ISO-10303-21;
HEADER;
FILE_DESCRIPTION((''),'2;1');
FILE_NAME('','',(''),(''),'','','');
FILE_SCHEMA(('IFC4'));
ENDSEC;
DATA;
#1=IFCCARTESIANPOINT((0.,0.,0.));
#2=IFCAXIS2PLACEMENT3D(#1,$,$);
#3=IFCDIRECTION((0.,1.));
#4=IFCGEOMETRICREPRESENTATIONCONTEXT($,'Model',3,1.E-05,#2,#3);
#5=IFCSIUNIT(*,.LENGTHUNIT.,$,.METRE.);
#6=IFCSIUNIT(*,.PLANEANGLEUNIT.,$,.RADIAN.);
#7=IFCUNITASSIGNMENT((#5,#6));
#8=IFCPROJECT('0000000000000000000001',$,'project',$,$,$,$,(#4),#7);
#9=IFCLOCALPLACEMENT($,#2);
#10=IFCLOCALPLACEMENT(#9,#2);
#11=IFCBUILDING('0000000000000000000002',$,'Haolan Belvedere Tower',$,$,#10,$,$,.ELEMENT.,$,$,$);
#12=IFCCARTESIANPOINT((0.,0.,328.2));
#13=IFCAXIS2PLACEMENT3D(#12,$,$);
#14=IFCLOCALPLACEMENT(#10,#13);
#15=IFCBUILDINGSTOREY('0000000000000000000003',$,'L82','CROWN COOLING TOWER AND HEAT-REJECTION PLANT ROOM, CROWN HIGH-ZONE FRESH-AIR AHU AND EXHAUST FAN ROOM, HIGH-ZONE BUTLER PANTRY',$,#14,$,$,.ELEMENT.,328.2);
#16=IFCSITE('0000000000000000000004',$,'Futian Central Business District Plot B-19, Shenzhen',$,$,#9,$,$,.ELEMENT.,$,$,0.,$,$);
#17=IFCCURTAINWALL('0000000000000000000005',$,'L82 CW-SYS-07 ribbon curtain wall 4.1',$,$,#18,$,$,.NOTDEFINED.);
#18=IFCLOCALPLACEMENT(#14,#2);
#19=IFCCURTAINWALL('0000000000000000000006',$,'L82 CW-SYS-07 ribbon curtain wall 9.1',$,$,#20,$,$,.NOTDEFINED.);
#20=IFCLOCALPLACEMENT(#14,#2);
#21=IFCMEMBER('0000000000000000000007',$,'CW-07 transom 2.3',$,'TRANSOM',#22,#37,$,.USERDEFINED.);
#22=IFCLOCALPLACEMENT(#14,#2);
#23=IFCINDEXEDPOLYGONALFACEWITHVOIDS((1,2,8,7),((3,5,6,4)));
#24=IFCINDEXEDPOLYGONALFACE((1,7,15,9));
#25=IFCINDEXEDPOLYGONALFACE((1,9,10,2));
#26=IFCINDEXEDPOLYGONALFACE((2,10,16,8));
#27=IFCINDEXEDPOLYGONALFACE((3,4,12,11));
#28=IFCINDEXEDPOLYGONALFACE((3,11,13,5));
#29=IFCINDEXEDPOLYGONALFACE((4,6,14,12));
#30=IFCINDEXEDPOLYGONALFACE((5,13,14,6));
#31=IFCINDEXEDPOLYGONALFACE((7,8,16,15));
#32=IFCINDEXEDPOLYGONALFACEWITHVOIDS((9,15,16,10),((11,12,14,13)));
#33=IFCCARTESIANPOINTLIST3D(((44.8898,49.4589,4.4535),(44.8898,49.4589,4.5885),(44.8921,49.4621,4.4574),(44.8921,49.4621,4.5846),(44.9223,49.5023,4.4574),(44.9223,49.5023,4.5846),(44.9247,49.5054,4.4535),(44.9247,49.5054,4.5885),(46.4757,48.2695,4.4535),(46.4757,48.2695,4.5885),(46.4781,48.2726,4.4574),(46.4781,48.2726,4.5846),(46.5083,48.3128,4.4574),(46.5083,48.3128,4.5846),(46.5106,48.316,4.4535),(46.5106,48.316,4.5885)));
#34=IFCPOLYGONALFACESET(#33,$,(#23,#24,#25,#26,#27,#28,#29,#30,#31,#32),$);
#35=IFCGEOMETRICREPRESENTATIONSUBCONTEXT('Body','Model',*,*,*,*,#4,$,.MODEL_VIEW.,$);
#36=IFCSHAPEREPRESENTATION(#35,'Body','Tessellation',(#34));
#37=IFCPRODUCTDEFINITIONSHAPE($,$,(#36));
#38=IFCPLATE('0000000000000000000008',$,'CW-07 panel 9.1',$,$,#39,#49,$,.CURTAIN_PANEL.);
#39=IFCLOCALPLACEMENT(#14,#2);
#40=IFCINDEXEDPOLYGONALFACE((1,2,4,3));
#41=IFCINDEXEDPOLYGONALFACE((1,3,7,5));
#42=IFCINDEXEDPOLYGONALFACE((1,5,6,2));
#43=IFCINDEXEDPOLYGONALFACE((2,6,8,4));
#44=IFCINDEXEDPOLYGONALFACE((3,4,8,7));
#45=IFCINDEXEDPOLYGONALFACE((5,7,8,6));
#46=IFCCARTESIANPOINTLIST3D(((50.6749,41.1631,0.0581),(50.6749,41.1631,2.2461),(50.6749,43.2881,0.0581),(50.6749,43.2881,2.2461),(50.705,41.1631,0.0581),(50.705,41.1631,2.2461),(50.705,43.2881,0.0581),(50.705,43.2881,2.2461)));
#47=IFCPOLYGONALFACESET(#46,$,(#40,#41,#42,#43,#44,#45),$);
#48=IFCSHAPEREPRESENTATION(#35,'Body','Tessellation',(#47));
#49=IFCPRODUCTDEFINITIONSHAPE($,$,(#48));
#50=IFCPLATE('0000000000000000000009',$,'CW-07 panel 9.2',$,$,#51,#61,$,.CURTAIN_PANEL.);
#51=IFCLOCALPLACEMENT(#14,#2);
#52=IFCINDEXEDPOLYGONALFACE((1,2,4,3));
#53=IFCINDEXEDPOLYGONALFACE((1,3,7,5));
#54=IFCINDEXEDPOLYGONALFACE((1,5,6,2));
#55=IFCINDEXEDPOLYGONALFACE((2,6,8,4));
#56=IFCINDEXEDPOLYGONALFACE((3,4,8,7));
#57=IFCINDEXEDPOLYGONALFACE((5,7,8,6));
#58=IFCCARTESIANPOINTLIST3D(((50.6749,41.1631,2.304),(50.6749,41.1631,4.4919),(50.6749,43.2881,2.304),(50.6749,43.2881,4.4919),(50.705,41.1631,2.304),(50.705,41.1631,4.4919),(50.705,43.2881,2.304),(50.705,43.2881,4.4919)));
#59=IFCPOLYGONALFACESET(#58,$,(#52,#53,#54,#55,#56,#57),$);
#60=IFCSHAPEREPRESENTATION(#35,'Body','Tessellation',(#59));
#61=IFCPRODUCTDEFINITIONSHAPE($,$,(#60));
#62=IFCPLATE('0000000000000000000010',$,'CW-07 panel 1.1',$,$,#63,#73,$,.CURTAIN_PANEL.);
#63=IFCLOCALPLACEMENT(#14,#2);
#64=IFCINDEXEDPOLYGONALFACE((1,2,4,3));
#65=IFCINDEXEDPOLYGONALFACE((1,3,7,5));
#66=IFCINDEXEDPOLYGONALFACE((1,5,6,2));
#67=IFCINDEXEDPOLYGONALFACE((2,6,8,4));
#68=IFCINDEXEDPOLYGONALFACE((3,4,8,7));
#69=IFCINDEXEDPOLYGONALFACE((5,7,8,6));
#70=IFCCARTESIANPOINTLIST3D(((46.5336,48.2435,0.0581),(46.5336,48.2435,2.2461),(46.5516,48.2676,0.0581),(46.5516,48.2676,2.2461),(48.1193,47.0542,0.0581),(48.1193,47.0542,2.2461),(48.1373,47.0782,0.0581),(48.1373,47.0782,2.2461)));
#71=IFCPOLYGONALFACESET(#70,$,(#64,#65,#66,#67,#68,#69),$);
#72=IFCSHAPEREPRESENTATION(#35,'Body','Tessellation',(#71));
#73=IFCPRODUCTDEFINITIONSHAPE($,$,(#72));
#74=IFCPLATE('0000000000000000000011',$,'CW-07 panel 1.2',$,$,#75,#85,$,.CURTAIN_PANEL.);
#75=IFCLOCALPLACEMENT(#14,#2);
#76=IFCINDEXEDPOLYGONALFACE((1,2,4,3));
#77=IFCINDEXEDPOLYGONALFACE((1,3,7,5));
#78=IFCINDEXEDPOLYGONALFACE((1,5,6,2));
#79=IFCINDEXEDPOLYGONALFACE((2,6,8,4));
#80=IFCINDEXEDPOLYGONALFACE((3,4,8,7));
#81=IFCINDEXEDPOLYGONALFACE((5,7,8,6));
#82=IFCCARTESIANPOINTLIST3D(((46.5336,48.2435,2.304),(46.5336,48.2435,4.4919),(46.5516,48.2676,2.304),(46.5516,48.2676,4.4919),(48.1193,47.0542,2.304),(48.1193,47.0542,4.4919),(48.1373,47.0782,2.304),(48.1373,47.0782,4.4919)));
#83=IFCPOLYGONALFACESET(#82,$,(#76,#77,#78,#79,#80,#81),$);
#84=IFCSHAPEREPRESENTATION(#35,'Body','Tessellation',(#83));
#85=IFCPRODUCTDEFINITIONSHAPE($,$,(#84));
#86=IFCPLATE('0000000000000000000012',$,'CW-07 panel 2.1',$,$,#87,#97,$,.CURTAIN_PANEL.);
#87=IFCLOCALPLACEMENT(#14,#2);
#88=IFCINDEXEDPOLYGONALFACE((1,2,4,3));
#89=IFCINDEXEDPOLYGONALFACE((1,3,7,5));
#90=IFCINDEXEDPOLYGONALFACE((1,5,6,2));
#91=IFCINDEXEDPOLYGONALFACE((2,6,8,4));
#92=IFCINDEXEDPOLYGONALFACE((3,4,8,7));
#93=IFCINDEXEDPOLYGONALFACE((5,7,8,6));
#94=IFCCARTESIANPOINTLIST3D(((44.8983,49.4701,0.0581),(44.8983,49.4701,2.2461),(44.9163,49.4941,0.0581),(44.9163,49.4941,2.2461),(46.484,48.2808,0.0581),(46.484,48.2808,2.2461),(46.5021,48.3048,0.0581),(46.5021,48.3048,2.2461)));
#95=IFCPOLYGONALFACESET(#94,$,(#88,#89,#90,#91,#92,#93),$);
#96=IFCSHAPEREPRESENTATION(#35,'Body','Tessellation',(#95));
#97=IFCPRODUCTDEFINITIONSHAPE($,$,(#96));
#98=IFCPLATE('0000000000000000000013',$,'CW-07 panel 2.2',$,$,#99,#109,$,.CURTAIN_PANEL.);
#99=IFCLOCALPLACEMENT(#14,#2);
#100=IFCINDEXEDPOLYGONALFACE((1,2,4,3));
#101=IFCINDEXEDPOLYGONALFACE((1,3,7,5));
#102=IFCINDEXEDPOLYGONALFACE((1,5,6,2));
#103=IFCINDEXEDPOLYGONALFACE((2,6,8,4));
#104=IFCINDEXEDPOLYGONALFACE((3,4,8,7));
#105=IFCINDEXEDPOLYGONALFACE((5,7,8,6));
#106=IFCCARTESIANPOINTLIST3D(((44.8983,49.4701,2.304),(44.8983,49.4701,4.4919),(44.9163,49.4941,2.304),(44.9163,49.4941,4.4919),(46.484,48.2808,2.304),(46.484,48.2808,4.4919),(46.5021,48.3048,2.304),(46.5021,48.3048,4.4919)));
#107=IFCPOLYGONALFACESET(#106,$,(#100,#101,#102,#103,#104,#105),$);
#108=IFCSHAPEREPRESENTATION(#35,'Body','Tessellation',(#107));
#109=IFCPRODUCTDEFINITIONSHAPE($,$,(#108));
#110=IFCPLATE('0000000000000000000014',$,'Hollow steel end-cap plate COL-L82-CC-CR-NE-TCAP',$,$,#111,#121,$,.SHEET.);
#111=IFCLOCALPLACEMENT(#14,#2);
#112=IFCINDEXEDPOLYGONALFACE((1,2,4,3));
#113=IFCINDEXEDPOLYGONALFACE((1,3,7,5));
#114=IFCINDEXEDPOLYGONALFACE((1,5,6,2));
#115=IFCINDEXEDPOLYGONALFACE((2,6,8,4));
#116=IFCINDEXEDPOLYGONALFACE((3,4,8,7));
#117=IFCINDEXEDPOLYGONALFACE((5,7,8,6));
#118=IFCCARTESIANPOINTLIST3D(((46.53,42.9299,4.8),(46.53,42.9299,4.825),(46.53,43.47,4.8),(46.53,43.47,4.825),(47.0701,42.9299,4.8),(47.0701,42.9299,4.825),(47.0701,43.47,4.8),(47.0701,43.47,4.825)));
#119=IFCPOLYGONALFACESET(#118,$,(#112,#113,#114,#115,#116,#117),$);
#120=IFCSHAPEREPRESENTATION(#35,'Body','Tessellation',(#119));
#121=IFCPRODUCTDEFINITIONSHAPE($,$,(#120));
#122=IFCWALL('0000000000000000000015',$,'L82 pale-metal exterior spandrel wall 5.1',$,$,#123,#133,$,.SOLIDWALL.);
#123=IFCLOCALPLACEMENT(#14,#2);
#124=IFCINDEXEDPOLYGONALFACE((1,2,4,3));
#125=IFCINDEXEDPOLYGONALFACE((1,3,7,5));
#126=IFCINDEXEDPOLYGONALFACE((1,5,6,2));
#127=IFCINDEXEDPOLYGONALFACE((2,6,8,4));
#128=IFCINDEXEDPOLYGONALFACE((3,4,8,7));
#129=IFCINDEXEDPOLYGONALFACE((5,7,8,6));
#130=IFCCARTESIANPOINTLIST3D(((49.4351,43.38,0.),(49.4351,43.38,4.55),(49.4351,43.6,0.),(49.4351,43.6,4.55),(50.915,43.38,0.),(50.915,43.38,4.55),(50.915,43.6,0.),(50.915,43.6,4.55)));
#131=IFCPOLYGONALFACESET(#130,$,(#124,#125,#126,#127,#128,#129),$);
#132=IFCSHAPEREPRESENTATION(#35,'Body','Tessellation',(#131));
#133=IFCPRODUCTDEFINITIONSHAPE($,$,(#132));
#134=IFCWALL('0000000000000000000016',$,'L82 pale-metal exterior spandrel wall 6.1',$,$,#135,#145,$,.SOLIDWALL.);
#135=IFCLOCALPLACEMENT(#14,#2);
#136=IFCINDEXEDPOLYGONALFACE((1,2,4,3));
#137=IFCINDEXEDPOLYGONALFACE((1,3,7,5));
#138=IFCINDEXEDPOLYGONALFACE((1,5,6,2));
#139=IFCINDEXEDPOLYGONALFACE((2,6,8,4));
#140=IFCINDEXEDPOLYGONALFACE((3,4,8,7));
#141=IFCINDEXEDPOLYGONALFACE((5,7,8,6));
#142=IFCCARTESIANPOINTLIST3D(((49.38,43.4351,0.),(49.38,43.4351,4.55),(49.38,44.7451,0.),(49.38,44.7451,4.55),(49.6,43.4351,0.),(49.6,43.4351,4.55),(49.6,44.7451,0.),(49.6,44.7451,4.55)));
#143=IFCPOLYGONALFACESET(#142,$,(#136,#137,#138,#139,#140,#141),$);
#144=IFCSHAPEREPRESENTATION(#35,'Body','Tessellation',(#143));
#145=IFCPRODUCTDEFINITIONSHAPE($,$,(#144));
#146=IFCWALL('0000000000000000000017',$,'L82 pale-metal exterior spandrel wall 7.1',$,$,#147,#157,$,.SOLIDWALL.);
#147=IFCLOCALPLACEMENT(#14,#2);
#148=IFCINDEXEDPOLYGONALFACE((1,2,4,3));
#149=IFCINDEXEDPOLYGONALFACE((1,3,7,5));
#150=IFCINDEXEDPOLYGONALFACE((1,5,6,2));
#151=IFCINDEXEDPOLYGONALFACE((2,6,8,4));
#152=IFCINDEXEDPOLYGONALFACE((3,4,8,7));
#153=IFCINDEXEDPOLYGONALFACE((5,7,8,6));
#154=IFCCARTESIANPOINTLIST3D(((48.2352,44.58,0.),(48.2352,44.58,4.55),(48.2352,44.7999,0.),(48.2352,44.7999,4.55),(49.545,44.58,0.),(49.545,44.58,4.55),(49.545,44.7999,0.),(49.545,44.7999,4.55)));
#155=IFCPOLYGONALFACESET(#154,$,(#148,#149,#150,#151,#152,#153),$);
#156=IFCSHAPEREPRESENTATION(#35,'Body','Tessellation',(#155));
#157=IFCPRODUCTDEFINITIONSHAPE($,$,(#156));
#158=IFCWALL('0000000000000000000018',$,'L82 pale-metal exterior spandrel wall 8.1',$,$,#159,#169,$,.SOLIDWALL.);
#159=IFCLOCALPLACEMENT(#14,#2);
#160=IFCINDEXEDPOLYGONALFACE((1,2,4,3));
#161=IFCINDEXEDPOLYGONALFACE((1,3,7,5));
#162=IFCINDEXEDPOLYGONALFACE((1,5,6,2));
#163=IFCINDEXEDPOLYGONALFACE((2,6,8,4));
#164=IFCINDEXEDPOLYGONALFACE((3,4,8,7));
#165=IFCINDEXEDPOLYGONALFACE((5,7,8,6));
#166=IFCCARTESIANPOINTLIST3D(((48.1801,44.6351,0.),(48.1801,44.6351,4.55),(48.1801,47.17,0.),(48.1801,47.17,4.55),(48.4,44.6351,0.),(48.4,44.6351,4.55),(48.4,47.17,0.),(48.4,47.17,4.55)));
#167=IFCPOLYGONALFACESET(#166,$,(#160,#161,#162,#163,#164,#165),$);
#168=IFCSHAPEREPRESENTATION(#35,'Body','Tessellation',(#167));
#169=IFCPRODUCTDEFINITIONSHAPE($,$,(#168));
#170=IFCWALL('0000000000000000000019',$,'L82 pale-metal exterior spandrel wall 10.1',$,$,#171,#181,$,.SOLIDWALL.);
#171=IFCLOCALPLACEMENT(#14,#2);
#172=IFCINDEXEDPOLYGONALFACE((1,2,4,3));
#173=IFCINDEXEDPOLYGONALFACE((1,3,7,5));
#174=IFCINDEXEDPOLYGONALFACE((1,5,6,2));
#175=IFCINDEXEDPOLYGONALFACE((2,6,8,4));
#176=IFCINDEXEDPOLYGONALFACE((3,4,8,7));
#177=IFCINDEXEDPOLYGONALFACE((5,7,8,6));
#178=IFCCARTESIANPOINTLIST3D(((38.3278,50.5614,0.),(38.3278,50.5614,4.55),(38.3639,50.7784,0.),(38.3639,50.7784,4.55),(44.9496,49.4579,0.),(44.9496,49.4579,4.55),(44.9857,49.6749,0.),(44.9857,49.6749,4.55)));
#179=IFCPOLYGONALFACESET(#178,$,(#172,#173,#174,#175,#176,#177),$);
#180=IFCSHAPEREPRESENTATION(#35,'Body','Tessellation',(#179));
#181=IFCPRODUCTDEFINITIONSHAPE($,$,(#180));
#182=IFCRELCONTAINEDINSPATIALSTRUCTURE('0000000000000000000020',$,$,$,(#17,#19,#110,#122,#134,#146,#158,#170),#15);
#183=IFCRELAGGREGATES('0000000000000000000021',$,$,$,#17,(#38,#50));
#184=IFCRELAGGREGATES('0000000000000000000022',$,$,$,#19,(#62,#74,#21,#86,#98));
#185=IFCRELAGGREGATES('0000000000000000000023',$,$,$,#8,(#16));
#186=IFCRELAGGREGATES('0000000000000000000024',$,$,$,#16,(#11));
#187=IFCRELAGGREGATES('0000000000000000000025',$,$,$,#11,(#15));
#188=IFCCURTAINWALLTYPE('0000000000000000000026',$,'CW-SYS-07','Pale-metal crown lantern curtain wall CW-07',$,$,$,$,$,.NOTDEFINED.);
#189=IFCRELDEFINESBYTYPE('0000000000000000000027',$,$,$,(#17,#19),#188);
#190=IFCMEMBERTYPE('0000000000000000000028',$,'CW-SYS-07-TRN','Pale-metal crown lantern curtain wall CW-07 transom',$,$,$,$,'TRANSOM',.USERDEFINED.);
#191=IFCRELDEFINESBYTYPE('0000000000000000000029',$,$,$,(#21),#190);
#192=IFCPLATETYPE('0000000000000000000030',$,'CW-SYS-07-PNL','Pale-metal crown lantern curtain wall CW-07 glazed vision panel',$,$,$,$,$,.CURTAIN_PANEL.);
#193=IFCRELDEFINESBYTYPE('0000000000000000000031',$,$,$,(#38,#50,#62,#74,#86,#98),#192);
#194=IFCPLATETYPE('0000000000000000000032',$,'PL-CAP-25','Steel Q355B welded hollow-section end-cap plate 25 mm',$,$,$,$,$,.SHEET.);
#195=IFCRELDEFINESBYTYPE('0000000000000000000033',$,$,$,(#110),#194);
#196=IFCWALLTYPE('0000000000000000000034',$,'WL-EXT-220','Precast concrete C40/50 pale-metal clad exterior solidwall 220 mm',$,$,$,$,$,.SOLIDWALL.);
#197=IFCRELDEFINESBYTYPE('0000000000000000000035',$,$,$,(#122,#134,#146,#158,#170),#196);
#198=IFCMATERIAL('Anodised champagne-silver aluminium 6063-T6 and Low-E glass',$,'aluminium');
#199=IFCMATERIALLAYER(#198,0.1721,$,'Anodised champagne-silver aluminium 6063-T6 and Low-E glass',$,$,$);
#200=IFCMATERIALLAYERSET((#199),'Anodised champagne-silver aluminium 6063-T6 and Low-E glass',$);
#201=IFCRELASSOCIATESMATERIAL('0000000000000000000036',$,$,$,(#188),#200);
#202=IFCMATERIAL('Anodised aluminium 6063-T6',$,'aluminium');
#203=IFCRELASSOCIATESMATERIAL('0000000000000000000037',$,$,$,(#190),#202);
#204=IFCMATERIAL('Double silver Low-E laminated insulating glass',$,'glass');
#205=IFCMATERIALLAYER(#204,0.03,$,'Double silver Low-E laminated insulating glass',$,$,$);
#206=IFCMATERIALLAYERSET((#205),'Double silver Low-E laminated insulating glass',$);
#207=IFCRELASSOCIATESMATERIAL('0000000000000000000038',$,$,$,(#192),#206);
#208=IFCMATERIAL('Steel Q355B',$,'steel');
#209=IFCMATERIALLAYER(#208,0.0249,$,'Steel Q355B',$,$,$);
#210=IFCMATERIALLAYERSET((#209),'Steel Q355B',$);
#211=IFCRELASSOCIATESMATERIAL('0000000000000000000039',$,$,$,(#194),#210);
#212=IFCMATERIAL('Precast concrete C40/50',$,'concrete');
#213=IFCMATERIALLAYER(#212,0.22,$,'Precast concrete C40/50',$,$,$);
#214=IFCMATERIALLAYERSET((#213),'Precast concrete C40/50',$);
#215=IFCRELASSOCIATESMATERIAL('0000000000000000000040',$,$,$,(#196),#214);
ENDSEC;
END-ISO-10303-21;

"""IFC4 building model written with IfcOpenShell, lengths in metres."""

from ifc_helpers import new_model, si_unit, direction, frame, frame_2d, origin, origin_2d, place, context, subcontext, project, spatial, rectangle, hollow_rectangle, extrude, material, layer, layer_set, material_profile, profile_set, type_object, element, aggregate, save


model = new_model("IFC4")

# Units and contexts
model_context = context("Model", 3, precision=1e-05, world=origin(), true_north=direction((0.0, 1.0)))
body_context = subcontext(model_context, "Body", "Model", "MODEL_VIEW")
ifc_project = project(units=[si_unit("LENGTHUNIT", "METRE"), si_unit("PLANEANGLEUNIT", "RADIAN")], contexts=[model_context])

# Site, building, storey
site_placement = place(None, origin())
site = spatial("IfcSite", under=ifc_project, at=site_placement, Name="Futian Central Business District Plot B-19, Shenzhen", CompositionType="ELEMENT", RefElevation=0.0)
building_placement = place(site_placement, origin())
building = spatial("IfcBuilding", under=site, at=building_placement, Name="Haolan Belvedere Tower", CompositionType="ELEMENT")
storey_placement = place(building_placement, frame((0.0, 0.0, 328.2)))
storey = spatial("IfcBuildingStorey", under=building, at=storey_placement, Name="L82", Description="CROWN COOLING TOWER AND HEAT-REJECTION PLANT ROOM, CROWN HIGH-ZONE FRESH-AIR AHU AND EXHAUST FAN ROOM, HIGH-ZONE BUTLER PANTRY", CompositionType="ELEMENT", Elevation=328.2)

# Curtain wall
ifc_material_1 = material(Name="Anodised champagne-silver aluminium 6063-T6 and Low-E glass", Category="aluminium")
ifc_layer_1 = layer(ifc_material_1, 0.1721, Name="Anodised champagne-silver aluminium 6063-T6 and Low-E glass")
ifc_layer_set_1 = layer_set([ifc_layer_1], Name="Anodised champagne-silver aluminium 6063-T6 and Low-E glass")
curtain_wall_type = type_object("IfcCurtainWallType", Name="CW-SYS-07", Description="Pale-metal crown lantern curtain wall CW-07", PredefinedType="NOTDEFINED", material=ifc_layer_set_1)
curtain_wall_1_placement = place(storey_placement, origin())
curtain_wall_1 = element("IfcCurtainWall", 1, at=curtain_wall_1_placement, inside=storey, type_object=curtain_wall_type, Name="L82 CW-SYS-07 ribbon curtain wall 4.1", PredefinedType="NOTDEFINED")
ifc_material_2 = material(Name="Anodised aluminium 6063-T6", Category="aluminium")

# Curtain wall, member
curtain_wall_2_placement = place(storey_placement, origin())
curtain_wall_2 = element("IfcCurtainWall", 2, at=curtain_wall_2_placement, inside=storey, type_object=curtain_wall_type, Name="L82 CW-SYS-07 ribbon curtain wall 9.1", PredefinedType="NOTDEFINED")
ifc_material_profile_1 = material_profile(ifc_material_2, hollow_rectangle(XDim=0.0581, YDim=0.135, WallThickness=0.0039, at=origin_2d()), Name="Anodised aluminium 6063-T6")
ifc_profile_set_1 = profile_set([ifc_material_profile_1], Name="Anodised aluminium 6063-T6")
member_type_1 = type_object("IfcMemberType", Name="CW-SYS-07-TRN", Description="Pale-metal crown lantern curtain wall CW-07 transom", ElementType="TRANSOM", PredefinedType="USERDEFINED", material=ifc_profile_set_1)
member_1_placement = place(storey_placement, frame((46.4932, 48.2927, 4.521), z_axis=(-0.8, 0.6, 0.0), x_axis=(-0.6, -0.8, 0.0)))
member_1 = element("IfcMember", 3, at=member_1_placement, type_object=member_type_1, Name="CW-07 transom 2.3", ObjectType="TRANSOM", PredefinedType="USERDEFINED", context=body_context, shape_type="SweptSolid", body=[
    extrude(hollow_rectangle(XDim=0.0581, YDim=0.135, WallThickness=0.0039, at=origin_2d()), origin(), (0.0, 0.0, 1.0), 1.9824),
])

# Plates
ifc_material_3 = material(Name="Double silver Low-E laminated insulating glass", Category="glass")
ifc_layer_2 = layer(ifc_material_3, 0.03, Name="Double silver Low-E laminated insulating glass")
ifc_layer_set_2 = layer_set([ifc_layer_2], Name="Double silver Low-E laminated insulating glass")
plate_type_1 = type_object("IfcPlateType", Name="CW-SYS-07-PNL", Description="Pale-metal crown lantern curtain wall CW-07 glazed vision panel", PredefinedType="CURTAIN_PANEL", material=ifc_layer_set_2)
plate_1_placement = place(storey_placement, frame((50.6899, 42.2256, 0.0581), z_axis=(0.0, 0.0, 1.0), x_axis=(0.0, 1.0, 0.0)))
plate_1 = element("IfcPlate", 4, at=plate_1_placement, type_object=plate_type_1, Name="CW-07 panel 9.1", PredefinedType="CURTAIN_PANEL", context=body_context, shape_type="SweptSolid", body=[
    extrude(rectangle(XDim=2.125, YDim=0.03, at=origin_2d()), origin(), (0.0, 0.0, 1.0), 2.188),
])
plate_2_placement = place(storey_placement, frame((50.6899, 42.2256, 2.304), z_axis=(0.0, 0.0, 1.0), x_axis=(0.0, 1.0, 0.0)))
plate_2 = element("IfcPlate", 5, at=plate_2_placement, type_object=plate_type_1, Name="CW-07 panel 9.2", PredefinedType="CURTAIN_PANEL", context=body_context, shape_type="SweptSolid", body=[
    extrude(rectangle(XDim=2.125, YDim=0.03, at=origin_2d()), origin(), (0.0, 0.0, 1.0), 2.188),
])
aggregate(curtain_wall_1, [plate_1, plate_2])
plate_3_placement = place(storey_placement, frame((47.3354, 47.6609, 0.0581), z_axis=(0.0, 0.0, 1.0), x_axis=(-0.799991, 0.600012, 0.0)))
plate_3 = element("IfcPlate", 6, at=plate_3_placement, type_object=plate_type_1, Name="CW-07 panel 1.1", PredefinedType="CURTAIN_PANEL", context=body_context, shape_type="SweptSolid", body=[
    extrude(rectangle(XDim=1.9822, YDim=0.03, at=origin_2d()), origin(), (0.0, 0.0, 1.0), 2.188),
])
plate_4_placement = place(storey_placement, frame((47.3354, 47.6609, 2.304), z_axis=(0.0, 0.0, 1.0), x_axis=(-0.799991, 0.600012, 0.0)))
plate_4 = element("IfcPlate", 7, at=plate_4_placement, type_object=plate_type_1, Name="CW-07 panel 1.2", PredefinedType="CURTAIN_PANEL", context=body_context, shape_type="SweptSolid", body=[
    extrude(rectangle(XDim=1.9822, YDim=0.03, at=origin_2d()), origin(), (0.0, 0.0, 1.0), 2.188),
])
plate_5_placement = place(storey_placement, frame((45.7002, 48.8875, 0.0581), z_axis=(0.0, 0.0, 1.0), x_axis=(-0.799991, 0.600012, 0.0)))
plate_5 = element("IfcPlate", 8, at=plate_5_placement, type_object=plate_type_1, Name="CW-07 panel 2.1", PredefinedType="CURTAIN_PANEL", context=body_context, shape_type="SweptSolid", body=[
    extrude(rectangle(XDim=1.9822, YDim=0.03, at=origin_2d()), origin(), (0.0, 0.0, 1.0), 2.188),
])
plate_6_placement = place(storey_placement, frame((45.7002, 48.8875, 2.304), z_axis=(0.0, 0.0, 1.0), x_axis=(-0.799991, 0.600012, 0.0)))
plate_6 = element("IfcPlate", 9, at=plate_6_placement, type_object=plate_type_1, Name="CW-07 panel 2.2", PredefinedType="CURTAIN_PANEL", context=body_context, shape_type="SweptSolid", body=[
    extrude(rectangle(XDim=1.9822, YDim=0.03, at=origin_2d()), origin(), (0.0, 0.0, 1.0), 2.188),
])
aggregate(curtain_wall_2, [plate_3, plate_4, member_1, plate_5, plate_6])
ifc_material_4 = material(Name="Steel Q355B", Category="steel")
ifc_layer_3 = layer(ifc_material_4, 0.0249, Name="Steel Q355B")
ifc_layer_set_3 = layer_set([ifc_layer_3], Name="Steel Q355B")
plate_type_2 = type_object("IfcPlateType", Name="PL-CAP-25", Description="Steel Q355B welded hollow-section end-cap plate 25 mm", PredefinedType="SHEET", material=ifc_layer_set_3)
plate_7_placement = place(storey_placement, frame((46.8, 43.2, 4.8), z_axis=(0.0, 0.0, 1.0), x_axis=(1.0, 0.0, 0.0)))
element("IfcPlate", 10, at=plate_7_placement, inside=storey, type_object=plate_type_2, Name="Hollow steel end-cap plate COL-L82-CC-CR-NE-TCAP", PredefinedType="SHEET", context=body_context, shape_type="SweptSolid", body=[
    extrude(rectangle(XDim=0.54, YDim=0.54, at=origin_2d()), origin(), (0.0, 0.0, 1.0), 0.0249),
])

# Walls
ifc_material_5 = material(Name="Precast concrete C40/50", Category="concrete")
ifc_layer_4 = layer(ifc_material_5, 0.22, Name="Precast concrete C40/50")
ifc_layer_set_4 = layer_set([ifc_layer_4], Name="Precast concrete C40/50")
wall_type_1 = type_object("IfcWallType", Name="WL-EXT-220", Description="Precast concrete C40/50 pale-metal clad exterior solidwall 220 mm", PredefinedType="SOLIDWALL", material=ifc_layer_set_4)
wall_1_placement = place(storey_placement, frame((50.915, 43.49, 0.0), z_axis=(0.0, 0.0, 1.0), x_axis=(-1.0, 0.0, 0.0)))
element("IfcWall", 11, at=wall_1_placement, inside=storey, type_object=wall_type_1, Name="L82 pale-metal exterior spandrel wall 5.1", PredefinedType="SOLIDWALL", context=body_context, shape_type="SweptSolid", body=[
    extrude(rectangle(XDim=1.48, YDim=0.22, at=frame_2d((0.74, 0.0))), origin(), (0.0, 0.0, 1.0), 4.55),
])
wall_2_placement = place(storey_placement, frame((49.49, 43.4351, 0.0), z_axis=(0.0, 0.0, 1.0), x_axis=(0.0, 1.0, 0.0)))
element("IfcWall", 12, at=wall_2_placement, inside=storey, type_object=wall_type_1, Name="L82 pale-metal exterior spandrel wall 6.1", PredefinedType="SOLIDWALL", context=body_context, shape_type="SweptSolid", body=[
    extrude(rectangle(XDim=1.3101, YDim=0.22, at=frame_2d((0.655, 0.0))), origin(), (0.0, 0.0, 1.0), 4.55),
])
wall_3_placement = place(storey_placement, frame((49.5449, 44.6899, 0.0), z_axis=(0.0, 0.0, 1.0), x_axis=(-1.0, 0.0, 0.0)))
element("IfcWall", 13, at=wall_3_placement, inside=storey, type_object=wall_type_1, Name="L82 pale-metal exterior spandrel wall 7.1", PredefinedType="SOLIDWALL", context=body_context, shape_type="SweptSolid", body=[
    extrude(rectangle(XDim=1.3098, YDim=0.22, at=frame_2d((0.6548, 0.0))), origin(), (0.0, 0.0, 1.0), 4.55),
])
wall_4_placement = place(storey_placement, frame((48.29, 44.635, 0.0), z_axis=(0.0, 0.0, 1.0), x_axis=(0.0, 1.0, 0.0)))
element("IfcWall", 14, at=wall_4_placement, inside=storey, type_object=wall_type_1, Name="L82 pale-metal exterior spandrel wall 8.1", PredefinedType="SOLIDWALL", context=body_context, shape_type="SweptSolid", body=[
    extrude(rectangle(XDim=2.5349, YDim=0.22, at=frame_2d((1.2676, 0.0))), origin(), (0.0, 0.0, 1.0), 4.55),
])
wall_5_placement = place(storey_placement, frame((44.9675, 49.5664, 0.0), z_axis=(0.0, 0.0, 1.0), x_axis=(-0.986397, 0.164381, 0.0)))
element("IfcWall", 15, at=wall_5_placement, inside=storey, type_object=wall_type_1, Name="L82 pale-metal exterior spandrel wall 10.1", PredefinedType="SOLIDWALL", context=body_context, shape_type="SweptSolid", body=[
    extrude(rectangle(XDim=6.7131, YDim=0.22, at=frame_2d((3.3564, 0.0))), origin(), (0.0, 0.0, 1.0), 4.55),
])

save(model, "model.ifc")
